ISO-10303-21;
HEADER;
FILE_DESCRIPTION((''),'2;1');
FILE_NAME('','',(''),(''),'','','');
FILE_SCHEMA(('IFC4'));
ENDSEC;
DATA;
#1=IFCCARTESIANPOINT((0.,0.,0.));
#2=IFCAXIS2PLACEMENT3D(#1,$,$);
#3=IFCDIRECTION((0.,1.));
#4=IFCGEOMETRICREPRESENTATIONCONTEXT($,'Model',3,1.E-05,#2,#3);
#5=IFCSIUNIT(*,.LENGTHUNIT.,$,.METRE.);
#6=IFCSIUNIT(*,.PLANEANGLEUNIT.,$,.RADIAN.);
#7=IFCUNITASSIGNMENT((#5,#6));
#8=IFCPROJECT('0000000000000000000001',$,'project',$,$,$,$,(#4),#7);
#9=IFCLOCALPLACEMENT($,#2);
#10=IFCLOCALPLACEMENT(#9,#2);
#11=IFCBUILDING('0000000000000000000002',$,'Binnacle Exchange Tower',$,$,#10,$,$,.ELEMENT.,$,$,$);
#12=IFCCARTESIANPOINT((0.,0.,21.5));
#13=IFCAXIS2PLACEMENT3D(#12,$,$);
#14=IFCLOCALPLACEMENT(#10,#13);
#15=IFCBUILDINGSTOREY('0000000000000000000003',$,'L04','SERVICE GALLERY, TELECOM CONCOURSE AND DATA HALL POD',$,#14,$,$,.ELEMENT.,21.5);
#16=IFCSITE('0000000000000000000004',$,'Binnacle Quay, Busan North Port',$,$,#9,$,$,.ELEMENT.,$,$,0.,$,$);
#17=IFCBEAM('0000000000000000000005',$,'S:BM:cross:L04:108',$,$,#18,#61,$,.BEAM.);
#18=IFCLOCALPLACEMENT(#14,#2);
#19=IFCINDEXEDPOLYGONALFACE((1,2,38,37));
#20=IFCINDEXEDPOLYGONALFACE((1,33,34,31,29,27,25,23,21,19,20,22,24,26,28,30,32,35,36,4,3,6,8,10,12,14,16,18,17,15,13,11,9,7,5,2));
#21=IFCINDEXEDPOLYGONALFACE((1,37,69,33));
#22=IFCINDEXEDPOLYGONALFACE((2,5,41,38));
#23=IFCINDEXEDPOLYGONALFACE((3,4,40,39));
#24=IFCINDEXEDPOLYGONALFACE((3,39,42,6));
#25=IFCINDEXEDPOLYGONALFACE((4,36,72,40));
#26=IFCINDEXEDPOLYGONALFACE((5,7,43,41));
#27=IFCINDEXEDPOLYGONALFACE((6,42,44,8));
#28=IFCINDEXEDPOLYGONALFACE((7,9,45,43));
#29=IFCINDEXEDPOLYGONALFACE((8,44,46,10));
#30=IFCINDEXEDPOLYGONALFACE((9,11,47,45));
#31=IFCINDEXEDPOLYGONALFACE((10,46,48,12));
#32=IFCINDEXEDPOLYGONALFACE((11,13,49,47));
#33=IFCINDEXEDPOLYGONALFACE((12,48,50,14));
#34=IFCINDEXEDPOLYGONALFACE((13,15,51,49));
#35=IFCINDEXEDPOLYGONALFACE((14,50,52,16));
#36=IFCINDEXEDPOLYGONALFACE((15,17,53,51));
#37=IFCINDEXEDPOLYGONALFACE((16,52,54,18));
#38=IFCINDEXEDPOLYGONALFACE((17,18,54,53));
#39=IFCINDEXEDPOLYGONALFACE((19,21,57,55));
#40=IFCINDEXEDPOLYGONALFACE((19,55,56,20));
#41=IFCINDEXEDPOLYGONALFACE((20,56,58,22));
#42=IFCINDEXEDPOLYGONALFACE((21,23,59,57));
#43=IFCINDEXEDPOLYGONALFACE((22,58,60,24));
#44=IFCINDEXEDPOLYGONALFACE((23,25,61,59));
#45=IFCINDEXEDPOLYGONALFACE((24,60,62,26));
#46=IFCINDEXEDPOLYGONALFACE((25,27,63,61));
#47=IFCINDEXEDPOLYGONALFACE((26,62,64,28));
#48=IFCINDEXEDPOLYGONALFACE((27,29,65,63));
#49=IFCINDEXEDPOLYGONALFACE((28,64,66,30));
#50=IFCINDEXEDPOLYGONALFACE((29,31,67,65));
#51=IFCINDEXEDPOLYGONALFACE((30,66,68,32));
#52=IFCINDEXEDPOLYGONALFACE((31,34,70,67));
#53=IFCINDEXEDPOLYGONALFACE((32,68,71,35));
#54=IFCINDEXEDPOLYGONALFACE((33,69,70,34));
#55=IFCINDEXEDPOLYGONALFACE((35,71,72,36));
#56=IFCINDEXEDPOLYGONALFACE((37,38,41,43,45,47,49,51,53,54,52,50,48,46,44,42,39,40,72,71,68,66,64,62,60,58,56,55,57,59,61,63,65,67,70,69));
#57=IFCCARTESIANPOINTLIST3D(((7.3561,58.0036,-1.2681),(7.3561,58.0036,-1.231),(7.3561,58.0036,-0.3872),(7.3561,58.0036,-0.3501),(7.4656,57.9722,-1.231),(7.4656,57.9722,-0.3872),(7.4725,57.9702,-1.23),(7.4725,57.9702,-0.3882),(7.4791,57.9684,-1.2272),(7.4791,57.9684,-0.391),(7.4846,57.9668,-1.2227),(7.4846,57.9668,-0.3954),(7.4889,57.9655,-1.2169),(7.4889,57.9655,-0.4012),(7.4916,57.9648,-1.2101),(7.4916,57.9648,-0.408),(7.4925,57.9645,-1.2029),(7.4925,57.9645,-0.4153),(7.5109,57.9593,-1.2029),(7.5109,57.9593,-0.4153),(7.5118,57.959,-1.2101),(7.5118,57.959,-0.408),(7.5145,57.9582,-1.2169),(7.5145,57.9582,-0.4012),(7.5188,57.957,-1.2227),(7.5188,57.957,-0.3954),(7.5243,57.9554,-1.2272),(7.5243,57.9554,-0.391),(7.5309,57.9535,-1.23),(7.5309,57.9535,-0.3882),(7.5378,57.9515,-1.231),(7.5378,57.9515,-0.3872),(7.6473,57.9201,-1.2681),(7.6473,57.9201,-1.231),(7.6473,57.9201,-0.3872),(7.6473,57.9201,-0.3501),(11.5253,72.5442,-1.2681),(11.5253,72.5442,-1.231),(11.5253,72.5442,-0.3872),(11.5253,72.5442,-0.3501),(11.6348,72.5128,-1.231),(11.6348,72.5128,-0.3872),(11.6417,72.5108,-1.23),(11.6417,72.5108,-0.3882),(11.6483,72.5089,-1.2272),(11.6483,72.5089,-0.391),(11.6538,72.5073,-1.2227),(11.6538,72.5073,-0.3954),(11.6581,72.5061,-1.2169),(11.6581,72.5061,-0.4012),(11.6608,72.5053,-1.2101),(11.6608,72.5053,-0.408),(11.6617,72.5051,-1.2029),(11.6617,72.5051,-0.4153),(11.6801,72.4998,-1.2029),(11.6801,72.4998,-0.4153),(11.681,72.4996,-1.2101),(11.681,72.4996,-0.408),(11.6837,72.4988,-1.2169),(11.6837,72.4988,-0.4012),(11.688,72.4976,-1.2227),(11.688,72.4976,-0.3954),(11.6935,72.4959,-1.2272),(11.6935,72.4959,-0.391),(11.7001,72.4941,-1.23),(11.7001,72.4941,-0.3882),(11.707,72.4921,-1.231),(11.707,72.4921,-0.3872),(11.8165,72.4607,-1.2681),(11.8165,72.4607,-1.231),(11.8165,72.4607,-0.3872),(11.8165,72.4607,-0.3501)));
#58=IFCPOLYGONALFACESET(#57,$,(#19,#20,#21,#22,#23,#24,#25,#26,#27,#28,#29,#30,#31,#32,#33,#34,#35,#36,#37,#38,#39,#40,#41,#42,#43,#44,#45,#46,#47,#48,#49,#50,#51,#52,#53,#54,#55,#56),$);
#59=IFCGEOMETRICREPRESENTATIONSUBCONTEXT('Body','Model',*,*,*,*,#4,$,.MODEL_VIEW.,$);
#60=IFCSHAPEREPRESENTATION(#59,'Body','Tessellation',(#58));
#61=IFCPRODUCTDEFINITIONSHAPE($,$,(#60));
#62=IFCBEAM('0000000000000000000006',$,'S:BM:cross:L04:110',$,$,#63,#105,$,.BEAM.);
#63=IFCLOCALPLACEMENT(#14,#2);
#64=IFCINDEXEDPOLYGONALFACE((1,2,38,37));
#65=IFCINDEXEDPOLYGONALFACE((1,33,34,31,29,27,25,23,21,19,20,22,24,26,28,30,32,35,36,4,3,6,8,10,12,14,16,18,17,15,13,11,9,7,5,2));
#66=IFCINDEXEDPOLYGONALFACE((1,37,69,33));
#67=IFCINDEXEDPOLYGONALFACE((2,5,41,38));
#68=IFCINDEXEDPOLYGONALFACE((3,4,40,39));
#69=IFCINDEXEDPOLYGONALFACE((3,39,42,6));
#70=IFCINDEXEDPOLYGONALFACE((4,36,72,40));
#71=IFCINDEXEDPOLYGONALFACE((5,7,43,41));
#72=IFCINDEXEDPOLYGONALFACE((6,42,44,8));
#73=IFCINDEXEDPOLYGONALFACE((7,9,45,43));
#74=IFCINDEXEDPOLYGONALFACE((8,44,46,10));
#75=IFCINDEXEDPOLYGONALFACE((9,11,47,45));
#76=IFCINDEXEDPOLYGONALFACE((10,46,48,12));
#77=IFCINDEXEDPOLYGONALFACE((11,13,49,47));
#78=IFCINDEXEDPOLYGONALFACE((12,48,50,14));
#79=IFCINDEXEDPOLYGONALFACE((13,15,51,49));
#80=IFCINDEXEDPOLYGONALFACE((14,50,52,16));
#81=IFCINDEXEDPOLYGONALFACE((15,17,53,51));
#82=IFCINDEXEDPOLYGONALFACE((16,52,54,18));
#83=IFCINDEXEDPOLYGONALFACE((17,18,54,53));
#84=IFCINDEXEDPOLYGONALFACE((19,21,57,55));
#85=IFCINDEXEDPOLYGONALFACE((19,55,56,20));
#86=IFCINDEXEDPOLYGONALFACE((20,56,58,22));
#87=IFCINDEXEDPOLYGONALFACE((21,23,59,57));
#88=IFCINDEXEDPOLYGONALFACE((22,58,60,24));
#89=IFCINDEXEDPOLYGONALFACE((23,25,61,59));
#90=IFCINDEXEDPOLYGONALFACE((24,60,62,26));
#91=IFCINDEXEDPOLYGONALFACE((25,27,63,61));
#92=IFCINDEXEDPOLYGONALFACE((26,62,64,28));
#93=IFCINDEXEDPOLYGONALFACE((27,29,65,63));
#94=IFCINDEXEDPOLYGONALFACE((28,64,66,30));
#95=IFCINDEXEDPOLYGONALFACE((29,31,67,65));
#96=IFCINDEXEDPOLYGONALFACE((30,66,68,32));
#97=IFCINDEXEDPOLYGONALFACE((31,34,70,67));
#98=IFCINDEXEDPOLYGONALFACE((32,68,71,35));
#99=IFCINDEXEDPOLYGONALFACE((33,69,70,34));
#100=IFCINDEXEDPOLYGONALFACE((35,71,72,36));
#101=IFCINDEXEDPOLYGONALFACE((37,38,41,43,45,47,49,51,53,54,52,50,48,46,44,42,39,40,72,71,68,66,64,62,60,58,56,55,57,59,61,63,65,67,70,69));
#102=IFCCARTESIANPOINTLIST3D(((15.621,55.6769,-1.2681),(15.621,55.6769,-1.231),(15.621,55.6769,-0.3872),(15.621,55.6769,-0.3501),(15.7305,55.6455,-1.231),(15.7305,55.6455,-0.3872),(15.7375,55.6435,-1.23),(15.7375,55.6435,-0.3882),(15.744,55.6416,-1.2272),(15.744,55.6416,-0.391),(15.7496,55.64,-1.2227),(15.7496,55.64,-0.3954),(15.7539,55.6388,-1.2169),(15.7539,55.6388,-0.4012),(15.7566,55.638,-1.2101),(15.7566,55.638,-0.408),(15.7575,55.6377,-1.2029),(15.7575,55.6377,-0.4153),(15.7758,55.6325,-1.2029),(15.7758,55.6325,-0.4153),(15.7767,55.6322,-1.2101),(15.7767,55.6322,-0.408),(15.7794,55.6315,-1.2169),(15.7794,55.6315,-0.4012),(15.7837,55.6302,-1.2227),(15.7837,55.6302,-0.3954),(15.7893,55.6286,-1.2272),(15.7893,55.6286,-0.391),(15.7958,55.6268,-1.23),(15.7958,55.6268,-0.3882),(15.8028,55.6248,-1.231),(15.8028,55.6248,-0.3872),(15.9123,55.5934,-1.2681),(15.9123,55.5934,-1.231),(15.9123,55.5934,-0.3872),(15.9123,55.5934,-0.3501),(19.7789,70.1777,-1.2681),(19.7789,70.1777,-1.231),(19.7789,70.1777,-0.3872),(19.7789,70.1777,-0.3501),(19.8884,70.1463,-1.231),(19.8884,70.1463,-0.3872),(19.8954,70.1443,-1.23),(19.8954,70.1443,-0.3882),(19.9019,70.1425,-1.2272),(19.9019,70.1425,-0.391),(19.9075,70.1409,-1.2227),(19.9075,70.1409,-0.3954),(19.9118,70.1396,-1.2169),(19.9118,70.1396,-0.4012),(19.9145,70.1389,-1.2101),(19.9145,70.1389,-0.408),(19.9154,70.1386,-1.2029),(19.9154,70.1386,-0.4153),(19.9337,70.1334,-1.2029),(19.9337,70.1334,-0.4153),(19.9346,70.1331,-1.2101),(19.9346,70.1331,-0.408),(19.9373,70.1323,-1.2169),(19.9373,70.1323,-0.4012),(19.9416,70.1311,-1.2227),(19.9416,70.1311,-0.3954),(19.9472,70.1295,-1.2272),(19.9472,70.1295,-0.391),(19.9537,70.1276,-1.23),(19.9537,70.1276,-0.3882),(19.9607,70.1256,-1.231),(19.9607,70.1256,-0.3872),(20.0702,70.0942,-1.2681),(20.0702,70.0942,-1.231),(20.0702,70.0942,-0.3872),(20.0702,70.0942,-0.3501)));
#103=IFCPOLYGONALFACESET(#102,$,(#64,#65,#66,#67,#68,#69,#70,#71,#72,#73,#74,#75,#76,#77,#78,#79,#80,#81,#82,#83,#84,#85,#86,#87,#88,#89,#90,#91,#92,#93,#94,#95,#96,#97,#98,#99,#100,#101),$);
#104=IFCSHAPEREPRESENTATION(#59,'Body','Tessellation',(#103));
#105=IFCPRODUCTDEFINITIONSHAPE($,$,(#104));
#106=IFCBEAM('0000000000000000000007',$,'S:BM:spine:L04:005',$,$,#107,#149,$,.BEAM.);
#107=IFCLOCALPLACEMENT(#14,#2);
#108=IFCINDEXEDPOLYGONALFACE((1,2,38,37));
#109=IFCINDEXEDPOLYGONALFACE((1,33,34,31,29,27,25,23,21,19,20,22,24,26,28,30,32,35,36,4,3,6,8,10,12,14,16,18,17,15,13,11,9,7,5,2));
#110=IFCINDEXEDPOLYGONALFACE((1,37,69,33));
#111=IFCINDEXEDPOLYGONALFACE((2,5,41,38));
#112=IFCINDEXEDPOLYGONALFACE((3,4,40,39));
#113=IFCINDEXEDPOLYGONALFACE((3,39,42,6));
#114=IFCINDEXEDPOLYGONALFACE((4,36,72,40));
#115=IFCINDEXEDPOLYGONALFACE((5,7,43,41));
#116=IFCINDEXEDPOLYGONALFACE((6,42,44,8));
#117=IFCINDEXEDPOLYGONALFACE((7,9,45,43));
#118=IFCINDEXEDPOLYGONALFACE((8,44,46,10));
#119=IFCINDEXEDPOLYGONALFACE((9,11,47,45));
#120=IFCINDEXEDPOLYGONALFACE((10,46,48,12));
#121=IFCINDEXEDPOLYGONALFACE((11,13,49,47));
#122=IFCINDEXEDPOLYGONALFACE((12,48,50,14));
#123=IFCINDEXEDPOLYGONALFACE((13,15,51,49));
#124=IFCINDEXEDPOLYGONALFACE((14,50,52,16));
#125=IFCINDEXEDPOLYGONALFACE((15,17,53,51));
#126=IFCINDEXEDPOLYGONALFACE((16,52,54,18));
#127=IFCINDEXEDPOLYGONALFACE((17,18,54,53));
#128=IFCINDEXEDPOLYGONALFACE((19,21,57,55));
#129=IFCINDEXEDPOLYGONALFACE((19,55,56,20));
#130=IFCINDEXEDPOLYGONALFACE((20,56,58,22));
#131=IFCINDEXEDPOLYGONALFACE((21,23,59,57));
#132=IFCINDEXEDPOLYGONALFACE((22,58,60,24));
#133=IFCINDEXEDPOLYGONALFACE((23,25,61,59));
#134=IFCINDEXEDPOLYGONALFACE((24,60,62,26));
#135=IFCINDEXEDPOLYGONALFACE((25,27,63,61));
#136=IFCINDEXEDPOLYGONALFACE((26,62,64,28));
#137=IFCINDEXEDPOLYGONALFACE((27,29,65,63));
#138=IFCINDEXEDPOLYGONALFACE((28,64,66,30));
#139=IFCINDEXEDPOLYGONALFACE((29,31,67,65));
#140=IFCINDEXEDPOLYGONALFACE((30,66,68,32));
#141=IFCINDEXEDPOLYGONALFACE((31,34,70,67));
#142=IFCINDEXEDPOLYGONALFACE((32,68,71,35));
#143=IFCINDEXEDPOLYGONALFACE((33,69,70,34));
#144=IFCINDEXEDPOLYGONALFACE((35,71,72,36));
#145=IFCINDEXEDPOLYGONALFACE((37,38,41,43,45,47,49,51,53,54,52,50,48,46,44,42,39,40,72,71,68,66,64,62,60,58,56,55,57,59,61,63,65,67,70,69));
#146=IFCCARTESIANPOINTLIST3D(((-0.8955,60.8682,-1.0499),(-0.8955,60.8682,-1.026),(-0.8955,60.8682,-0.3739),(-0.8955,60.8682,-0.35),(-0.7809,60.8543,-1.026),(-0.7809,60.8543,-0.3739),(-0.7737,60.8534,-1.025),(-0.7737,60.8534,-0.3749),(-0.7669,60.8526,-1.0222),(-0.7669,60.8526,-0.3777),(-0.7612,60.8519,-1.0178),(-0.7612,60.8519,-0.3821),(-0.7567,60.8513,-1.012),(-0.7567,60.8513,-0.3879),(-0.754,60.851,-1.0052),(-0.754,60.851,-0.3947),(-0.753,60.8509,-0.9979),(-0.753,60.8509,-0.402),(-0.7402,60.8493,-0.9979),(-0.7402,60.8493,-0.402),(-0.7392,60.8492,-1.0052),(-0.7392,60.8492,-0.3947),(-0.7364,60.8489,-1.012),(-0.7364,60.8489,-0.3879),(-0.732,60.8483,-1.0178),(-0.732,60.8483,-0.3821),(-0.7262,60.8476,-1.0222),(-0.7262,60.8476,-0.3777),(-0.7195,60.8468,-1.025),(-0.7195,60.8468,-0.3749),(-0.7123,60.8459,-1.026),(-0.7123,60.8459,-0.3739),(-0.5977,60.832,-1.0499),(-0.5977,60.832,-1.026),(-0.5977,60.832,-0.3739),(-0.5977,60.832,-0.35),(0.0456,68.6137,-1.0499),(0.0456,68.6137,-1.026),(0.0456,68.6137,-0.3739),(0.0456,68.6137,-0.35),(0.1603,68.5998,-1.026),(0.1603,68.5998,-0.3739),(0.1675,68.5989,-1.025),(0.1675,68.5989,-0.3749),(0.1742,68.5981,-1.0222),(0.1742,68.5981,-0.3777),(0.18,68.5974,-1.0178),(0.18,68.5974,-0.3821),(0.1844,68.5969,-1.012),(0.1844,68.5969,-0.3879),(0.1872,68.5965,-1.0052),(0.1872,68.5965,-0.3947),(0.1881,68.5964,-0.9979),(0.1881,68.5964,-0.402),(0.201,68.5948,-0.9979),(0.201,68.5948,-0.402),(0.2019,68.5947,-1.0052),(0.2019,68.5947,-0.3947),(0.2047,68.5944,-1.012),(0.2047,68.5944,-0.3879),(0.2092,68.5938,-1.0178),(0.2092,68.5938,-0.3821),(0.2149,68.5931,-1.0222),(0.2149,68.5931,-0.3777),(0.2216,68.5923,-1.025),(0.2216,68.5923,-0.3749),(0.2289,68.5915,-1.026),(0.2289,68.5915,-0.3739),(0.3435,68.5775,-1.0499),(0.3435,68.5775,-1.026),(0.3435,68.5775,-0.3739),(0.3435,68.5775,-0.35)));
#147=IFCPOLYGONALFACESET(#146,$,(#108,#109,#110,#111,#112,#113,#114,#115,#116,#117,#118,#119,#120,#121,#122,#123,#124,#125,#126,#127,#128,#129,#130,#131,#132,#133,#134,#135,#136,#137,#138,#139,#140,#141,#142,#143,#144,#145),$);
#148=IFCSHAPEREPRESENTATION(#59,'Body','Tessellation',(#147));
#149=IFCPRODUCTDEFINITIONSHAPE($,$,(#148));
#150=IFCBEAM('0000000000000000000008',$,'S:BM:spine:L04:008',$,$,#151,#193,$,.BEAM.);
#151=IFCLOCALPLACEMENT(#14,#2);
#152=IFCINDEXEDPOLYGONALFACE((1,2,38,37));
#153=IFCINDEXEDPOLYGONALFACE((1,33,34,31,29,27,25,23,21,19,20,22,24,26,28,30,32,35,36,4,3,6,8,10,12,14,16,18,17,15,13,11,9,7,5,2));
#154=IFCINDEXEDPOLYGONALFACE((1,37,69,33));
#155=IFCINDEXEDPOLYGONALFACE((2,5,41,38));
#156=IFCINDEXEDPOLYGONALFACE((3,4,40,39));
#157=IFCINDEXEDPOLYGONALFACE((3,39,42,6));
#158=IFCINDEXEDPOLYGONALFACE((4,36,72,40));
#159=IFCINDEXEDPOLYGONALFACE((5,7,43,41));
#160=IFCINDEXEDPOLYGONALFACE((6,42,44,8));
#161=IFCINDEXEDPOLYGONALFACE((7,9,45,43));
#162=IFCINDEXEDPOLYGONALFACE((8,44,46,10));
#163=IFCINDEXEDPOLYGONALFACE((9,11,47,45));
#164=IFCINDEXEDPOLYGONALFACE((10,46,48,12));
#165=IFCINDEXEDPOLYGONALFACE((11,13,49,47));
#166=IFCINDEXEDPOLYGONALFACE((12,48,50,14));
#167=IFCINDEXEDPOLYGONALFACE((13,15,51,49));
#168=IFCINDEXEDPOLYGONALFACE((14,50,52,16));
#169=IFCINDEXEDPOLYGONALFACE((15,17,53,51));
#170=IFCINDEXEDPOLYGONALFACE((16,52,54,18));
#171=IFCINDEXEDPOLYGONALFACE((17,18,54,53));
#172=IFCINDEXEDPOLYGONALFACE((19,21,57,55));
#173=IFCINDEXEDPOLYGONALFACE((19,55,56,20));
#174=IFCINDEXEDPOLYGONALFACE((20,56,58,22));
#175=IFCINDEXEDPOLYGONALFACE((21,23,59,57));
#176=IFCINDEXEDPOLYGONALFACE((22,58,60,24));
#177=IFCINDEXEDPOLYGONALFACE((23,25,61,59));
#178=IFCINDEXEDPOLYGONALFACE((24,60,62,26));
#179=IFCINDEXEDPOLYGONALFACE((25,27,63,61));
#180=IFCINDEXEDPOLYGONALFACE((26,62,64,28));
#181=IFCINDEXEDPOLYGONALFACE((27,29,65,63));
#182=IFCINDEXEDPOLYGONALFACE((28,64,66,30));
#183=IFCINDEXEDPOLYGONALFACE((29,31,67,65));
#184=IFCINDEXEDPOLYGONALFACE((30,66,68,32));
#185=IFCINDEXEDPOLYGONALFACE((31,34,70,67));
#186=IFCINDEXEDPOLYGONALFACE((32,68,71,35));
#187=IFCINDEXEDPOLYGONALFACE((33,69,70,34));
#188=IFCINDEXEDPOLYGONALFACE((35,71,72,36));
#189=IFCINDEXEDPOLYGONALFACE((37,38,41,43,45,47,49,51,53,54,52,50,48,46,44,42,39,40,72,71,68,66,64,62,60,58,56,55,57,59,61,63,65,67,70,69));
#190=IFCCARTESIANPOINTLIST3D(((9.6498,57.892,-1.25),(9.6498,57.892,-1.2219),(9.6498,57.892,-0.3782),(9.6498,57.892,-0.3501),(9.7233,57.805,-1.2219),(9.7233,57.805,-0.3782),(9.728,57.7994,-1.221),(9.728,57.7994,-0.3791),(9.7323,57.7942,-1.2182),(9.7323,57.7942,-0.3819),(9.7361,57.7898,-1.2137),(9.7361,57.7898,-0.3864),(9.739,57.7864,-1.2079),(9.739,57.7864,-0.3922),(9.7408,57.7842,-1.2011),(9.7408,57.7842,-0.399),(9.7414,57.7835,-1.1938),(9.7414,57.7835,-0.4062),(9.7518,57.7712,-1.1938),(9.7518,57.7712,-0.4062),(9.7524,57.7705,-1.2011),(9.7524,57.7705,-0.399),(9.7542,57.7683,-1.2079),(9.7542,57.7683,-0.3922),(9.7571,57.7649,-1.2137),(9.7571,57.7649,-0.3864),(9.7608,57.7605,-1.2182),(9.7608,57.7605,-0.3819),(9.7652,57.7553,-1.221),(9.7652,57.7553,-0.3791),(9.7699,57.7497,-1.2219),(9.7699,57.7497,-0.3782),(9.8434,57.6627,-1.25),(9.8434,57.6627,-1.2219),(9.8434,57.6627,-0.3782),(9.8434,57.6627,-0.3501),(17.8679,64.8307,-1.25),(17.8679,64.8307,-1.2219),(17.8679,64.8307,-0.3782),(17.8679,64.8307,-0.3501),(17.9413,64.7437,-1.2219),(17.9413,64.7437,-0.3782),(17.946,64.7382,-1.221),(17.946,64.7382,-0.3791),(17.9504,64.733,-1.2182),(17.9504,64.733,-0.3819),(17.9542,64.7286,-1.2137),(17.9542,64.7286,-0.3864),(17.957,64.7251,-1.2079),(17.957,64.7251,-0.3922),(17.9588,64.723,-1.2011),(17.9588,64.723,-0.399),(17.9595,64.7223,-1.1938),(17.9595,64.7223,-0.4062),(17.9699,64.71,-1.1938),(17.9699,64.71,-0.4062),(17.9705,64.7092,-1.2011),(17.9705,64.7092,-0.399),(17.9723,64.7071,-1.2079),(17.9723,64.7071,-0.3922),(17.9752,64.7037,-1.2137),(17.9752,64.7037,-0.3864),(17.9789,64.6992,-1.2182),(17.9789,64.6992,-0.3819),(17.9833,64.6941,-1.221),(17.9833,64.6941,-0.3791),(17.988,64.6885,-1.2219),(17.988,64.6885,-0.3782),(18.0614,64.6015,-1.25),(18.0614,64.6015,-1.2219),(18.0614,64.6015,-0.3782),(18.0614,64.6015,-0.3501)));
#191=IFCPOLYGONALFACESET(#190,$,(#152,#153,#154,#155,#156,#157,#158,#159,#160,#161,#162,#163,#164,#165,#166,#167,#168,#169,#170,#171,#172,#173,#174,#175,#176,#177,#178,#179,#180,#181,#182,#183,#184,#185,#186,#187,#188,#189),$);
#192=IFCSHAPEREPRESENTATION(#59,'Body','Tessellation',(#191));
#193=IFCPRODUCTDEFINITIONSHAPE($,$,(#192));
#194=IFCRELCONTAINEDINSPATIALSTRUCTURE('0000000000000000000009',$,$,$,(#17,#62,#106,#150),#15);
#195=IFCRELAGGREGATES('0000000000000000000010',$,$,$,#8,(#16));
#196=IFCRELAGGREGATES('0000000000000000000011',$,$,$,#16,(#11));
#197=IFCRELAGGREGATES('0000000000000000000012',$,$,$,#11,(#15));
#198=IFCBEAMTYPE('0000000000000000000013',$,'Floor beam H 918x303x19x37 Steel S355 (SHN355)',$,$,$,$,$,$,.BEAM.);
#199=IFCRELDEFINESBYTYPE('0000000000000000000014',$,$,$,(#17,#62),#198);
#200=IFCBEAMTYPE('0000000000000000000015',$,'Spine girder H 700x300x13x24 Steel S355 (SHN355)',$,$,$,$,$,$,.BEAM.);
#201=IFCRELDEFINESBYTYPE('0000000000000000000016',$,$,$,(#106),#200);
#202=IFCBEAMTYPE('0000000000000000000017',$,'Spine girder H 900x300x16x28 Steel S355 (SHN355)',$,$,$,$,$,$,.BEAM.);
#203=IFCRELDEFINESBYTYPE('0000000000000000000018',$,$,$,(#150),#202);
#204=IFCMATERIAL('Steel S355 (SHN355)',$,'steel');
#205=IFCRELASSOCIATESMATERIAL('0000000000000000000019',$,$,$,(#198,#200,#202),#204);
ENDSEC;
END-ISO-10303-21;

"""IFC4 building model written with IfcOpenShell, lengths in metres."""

from ifc_helpers import new_model, si_unit, direction, frame, origin, origin_2d, place, context, subcontext, project, spatial, i_section, extrude, material, material_profile, profile_set, type_object, element, save


model = new_model("IFC4")

# Units and contexts
model_context = context("Model", 3, precision=1e-05, world=origin(), true_north=direction((0.0, 1.0)))
body_context = subcontext(model_context, "Body", "Model", "MODEL_VIEW")
ifc_project = project(units=[si_unit("LENGTHUNIT", "METRE"), si_unit("PLANEANGLEUNIT", "RADIAN")], contexts=[model_context])

# Site, building, storey
site_placement = place(None, origin())
site = spatial("IfcSite", under=ifc_project, at=site_placement, Name="Binnacle Quay, Busan North Port", CompositionType="ELEMENT", RefElevation=0.0)
building_placement = place(site_placement, origin())
building = spatial("IfcBuilding", under=site, at=building_placement, Name="Binnacle Exchange Tower", CompositionType="ELEMENT")
storey_placement = place(building_placement, frame((0.0, 0.0, 21.5)))
storey = spatial("IfcBuildingStorey", under=building, at=storey_placement, Name="L04", Description="SERVICE GALLERY, TELECOM CONCOURSE AND DATA HALL POD", CompositionType="ELEMENT", Elevation=21.5)

# Beams
ifc_material_1 = material(Name="Steel S355 (SHN355)", Category="steel")
ifc_material_profile_1 = material_profile(ifc_material_1, i_section(OverallWidth=0.303, OverallDepth=0.918, WebThickness=0.019, FlangeThickness=0.0371, FilletRadius=0.0281, at=origin_2d()), Name="H 918x303x19x37")
ifc_profile_set_1 = profile_set([ifc_material_profile_1], Name="Steel S355 (SHN355)")
beam_type_1 = type_object("IfcBeamType", Name="Floor beam H 918x303x19x37 Steel S355 (SHN355)", PredefinedType="BEAM", material=ifc_profile_set_1)
beam_1_placement = place(storey_placement, frame((11.6709, 72.5024, -0.8091), z_axis=(-0.275623, -0.961266, 0.0), x_axis=(0.961266, -0.275623, 0.0)))
element("IfcBeam", 1, at=beam_1_placement, inside=storey, type_object=beam_type_1, Name="S:BM:cross:L04:108", PredefinedType="BEAM", context=body_context, shape_type="SweptSolid", body=[
    extrude(i_section(OverallWidth=0.303, OverallDepth=0.918, WebThickness=0.019, FlangeThickness=0.0371, FilletRadius=0.0281, at=origin_2d()), origin(), (0.0, 0.0, 1.0), 15.1265),
])
beam_2_placement = place(storey_placement, frame((19.9246, 70.136, -0.8091), z_axis=(-0.275629, -0.961264, 0.0), x_axis=(0.961264, -0.275629, 0.0)))
element("IfcBeam", 2, at=beam_2_placement, inside=storey, type_object=beam_type_1, Name="S:BM:cross:L04:110", PredefinedType="BEAM", context=body_context, shape_type="SweptSolid", body=[
    extrude(i_section(OverallWidth=0.303, OverallDepth=0.918, WebThickness=0.019, FlangeThickness=0.0371, FilletRadius=0.0281, at=origin_2d()), origin(), (0.0, 0.0, 1.0), 15.0852),
])
ifc_material_profile_2 = material_profile(ifc_material_1, i_section(OverallWidth=0.3, OverallDepth=0.7, WebThickness=0.0129, FlangeThickness=0.0239, FilletRadius=0.0281, at=origin_2d()), Name="H 700x300x13x24")
ifc_profile_set_2 = profile_set([ifc_material_profile_2], Name="Steel S355 (SHN355)")
beam_type_2 = type_object("IfcBeamType", Name="Spine girder H 700x300x13x24 Steel S355 (SHN355)", PredefinedType="BEAM", material=ifc_profile_set_2)
beam_3_placement = place(storey_placement, frame((-0.7466, 60.8501, -0.7), z_axis=(0.120622, 0.992699, 0.0), x_axis=(-0.992699, 0.120622, 0.0)))
element("IfcBeam", 3, at=beam_3_placement, inside=storey, type_object=beam_type_2, Name="S:BM:spine:L04:005", PredefinedType="BEAM", context=body_context, shape_type="SweptSolid", body=[
    extrude(i_section(OverallWidth=0.3, OverallDepth=0.7, WebThickness=0.0129, FlangeThickness=0.0239, FilletRadius=0.0281, at=origin_2d()), origin(), (0.0, 0.0, 1.0), 7.8025),
])
ifc_material_profile_3 = material_profile(ifc_material_1, i_section(OverallWidth=0.3, OverallDepth=0.8999, WebThickness=0.0161, FlangeThickness=0.0281, FilletRadius=0.0281, at=origin_2d()), Name="H 900x300x16x28")
ifc_profile_set_3 = profile_set([ifc_material_profile_3], Name="Steel S355 (SHN355)")
beam_type_3 = type_object("IfcBeamType", Name="Spine girder H 900x300x16x28 Steel S355 (SHN355)", PredefinedType="BEAM", material=ifc_profile_set_3)
beam_4_placement = place(storey_placement, frame((9.7466, 57.7773, -0.8), z_axis=(0.764073, 0.64513, 0.0), x_axis=(-0.64513, 0.764073, 0.0)))
element("IfcBeam", 4, at=beam_4_placement, inside=storey, type_object=beam_type_3, Name="S:BM:spine:L04:008", PredefinedType="BEAM", context=body_context, shape_type="SweptSolid", body=[
    extrude(i_section(OverallWidth=0.3, OverallDepth=0.8999, WebThickness=0.0161, FlangeThickness=0.0281, FilletRadius=0.0281, at=origin_2d()), origin(), (0.0, 0.0, 1.0), 10.7556),
])

save(model, "model.ifc")
